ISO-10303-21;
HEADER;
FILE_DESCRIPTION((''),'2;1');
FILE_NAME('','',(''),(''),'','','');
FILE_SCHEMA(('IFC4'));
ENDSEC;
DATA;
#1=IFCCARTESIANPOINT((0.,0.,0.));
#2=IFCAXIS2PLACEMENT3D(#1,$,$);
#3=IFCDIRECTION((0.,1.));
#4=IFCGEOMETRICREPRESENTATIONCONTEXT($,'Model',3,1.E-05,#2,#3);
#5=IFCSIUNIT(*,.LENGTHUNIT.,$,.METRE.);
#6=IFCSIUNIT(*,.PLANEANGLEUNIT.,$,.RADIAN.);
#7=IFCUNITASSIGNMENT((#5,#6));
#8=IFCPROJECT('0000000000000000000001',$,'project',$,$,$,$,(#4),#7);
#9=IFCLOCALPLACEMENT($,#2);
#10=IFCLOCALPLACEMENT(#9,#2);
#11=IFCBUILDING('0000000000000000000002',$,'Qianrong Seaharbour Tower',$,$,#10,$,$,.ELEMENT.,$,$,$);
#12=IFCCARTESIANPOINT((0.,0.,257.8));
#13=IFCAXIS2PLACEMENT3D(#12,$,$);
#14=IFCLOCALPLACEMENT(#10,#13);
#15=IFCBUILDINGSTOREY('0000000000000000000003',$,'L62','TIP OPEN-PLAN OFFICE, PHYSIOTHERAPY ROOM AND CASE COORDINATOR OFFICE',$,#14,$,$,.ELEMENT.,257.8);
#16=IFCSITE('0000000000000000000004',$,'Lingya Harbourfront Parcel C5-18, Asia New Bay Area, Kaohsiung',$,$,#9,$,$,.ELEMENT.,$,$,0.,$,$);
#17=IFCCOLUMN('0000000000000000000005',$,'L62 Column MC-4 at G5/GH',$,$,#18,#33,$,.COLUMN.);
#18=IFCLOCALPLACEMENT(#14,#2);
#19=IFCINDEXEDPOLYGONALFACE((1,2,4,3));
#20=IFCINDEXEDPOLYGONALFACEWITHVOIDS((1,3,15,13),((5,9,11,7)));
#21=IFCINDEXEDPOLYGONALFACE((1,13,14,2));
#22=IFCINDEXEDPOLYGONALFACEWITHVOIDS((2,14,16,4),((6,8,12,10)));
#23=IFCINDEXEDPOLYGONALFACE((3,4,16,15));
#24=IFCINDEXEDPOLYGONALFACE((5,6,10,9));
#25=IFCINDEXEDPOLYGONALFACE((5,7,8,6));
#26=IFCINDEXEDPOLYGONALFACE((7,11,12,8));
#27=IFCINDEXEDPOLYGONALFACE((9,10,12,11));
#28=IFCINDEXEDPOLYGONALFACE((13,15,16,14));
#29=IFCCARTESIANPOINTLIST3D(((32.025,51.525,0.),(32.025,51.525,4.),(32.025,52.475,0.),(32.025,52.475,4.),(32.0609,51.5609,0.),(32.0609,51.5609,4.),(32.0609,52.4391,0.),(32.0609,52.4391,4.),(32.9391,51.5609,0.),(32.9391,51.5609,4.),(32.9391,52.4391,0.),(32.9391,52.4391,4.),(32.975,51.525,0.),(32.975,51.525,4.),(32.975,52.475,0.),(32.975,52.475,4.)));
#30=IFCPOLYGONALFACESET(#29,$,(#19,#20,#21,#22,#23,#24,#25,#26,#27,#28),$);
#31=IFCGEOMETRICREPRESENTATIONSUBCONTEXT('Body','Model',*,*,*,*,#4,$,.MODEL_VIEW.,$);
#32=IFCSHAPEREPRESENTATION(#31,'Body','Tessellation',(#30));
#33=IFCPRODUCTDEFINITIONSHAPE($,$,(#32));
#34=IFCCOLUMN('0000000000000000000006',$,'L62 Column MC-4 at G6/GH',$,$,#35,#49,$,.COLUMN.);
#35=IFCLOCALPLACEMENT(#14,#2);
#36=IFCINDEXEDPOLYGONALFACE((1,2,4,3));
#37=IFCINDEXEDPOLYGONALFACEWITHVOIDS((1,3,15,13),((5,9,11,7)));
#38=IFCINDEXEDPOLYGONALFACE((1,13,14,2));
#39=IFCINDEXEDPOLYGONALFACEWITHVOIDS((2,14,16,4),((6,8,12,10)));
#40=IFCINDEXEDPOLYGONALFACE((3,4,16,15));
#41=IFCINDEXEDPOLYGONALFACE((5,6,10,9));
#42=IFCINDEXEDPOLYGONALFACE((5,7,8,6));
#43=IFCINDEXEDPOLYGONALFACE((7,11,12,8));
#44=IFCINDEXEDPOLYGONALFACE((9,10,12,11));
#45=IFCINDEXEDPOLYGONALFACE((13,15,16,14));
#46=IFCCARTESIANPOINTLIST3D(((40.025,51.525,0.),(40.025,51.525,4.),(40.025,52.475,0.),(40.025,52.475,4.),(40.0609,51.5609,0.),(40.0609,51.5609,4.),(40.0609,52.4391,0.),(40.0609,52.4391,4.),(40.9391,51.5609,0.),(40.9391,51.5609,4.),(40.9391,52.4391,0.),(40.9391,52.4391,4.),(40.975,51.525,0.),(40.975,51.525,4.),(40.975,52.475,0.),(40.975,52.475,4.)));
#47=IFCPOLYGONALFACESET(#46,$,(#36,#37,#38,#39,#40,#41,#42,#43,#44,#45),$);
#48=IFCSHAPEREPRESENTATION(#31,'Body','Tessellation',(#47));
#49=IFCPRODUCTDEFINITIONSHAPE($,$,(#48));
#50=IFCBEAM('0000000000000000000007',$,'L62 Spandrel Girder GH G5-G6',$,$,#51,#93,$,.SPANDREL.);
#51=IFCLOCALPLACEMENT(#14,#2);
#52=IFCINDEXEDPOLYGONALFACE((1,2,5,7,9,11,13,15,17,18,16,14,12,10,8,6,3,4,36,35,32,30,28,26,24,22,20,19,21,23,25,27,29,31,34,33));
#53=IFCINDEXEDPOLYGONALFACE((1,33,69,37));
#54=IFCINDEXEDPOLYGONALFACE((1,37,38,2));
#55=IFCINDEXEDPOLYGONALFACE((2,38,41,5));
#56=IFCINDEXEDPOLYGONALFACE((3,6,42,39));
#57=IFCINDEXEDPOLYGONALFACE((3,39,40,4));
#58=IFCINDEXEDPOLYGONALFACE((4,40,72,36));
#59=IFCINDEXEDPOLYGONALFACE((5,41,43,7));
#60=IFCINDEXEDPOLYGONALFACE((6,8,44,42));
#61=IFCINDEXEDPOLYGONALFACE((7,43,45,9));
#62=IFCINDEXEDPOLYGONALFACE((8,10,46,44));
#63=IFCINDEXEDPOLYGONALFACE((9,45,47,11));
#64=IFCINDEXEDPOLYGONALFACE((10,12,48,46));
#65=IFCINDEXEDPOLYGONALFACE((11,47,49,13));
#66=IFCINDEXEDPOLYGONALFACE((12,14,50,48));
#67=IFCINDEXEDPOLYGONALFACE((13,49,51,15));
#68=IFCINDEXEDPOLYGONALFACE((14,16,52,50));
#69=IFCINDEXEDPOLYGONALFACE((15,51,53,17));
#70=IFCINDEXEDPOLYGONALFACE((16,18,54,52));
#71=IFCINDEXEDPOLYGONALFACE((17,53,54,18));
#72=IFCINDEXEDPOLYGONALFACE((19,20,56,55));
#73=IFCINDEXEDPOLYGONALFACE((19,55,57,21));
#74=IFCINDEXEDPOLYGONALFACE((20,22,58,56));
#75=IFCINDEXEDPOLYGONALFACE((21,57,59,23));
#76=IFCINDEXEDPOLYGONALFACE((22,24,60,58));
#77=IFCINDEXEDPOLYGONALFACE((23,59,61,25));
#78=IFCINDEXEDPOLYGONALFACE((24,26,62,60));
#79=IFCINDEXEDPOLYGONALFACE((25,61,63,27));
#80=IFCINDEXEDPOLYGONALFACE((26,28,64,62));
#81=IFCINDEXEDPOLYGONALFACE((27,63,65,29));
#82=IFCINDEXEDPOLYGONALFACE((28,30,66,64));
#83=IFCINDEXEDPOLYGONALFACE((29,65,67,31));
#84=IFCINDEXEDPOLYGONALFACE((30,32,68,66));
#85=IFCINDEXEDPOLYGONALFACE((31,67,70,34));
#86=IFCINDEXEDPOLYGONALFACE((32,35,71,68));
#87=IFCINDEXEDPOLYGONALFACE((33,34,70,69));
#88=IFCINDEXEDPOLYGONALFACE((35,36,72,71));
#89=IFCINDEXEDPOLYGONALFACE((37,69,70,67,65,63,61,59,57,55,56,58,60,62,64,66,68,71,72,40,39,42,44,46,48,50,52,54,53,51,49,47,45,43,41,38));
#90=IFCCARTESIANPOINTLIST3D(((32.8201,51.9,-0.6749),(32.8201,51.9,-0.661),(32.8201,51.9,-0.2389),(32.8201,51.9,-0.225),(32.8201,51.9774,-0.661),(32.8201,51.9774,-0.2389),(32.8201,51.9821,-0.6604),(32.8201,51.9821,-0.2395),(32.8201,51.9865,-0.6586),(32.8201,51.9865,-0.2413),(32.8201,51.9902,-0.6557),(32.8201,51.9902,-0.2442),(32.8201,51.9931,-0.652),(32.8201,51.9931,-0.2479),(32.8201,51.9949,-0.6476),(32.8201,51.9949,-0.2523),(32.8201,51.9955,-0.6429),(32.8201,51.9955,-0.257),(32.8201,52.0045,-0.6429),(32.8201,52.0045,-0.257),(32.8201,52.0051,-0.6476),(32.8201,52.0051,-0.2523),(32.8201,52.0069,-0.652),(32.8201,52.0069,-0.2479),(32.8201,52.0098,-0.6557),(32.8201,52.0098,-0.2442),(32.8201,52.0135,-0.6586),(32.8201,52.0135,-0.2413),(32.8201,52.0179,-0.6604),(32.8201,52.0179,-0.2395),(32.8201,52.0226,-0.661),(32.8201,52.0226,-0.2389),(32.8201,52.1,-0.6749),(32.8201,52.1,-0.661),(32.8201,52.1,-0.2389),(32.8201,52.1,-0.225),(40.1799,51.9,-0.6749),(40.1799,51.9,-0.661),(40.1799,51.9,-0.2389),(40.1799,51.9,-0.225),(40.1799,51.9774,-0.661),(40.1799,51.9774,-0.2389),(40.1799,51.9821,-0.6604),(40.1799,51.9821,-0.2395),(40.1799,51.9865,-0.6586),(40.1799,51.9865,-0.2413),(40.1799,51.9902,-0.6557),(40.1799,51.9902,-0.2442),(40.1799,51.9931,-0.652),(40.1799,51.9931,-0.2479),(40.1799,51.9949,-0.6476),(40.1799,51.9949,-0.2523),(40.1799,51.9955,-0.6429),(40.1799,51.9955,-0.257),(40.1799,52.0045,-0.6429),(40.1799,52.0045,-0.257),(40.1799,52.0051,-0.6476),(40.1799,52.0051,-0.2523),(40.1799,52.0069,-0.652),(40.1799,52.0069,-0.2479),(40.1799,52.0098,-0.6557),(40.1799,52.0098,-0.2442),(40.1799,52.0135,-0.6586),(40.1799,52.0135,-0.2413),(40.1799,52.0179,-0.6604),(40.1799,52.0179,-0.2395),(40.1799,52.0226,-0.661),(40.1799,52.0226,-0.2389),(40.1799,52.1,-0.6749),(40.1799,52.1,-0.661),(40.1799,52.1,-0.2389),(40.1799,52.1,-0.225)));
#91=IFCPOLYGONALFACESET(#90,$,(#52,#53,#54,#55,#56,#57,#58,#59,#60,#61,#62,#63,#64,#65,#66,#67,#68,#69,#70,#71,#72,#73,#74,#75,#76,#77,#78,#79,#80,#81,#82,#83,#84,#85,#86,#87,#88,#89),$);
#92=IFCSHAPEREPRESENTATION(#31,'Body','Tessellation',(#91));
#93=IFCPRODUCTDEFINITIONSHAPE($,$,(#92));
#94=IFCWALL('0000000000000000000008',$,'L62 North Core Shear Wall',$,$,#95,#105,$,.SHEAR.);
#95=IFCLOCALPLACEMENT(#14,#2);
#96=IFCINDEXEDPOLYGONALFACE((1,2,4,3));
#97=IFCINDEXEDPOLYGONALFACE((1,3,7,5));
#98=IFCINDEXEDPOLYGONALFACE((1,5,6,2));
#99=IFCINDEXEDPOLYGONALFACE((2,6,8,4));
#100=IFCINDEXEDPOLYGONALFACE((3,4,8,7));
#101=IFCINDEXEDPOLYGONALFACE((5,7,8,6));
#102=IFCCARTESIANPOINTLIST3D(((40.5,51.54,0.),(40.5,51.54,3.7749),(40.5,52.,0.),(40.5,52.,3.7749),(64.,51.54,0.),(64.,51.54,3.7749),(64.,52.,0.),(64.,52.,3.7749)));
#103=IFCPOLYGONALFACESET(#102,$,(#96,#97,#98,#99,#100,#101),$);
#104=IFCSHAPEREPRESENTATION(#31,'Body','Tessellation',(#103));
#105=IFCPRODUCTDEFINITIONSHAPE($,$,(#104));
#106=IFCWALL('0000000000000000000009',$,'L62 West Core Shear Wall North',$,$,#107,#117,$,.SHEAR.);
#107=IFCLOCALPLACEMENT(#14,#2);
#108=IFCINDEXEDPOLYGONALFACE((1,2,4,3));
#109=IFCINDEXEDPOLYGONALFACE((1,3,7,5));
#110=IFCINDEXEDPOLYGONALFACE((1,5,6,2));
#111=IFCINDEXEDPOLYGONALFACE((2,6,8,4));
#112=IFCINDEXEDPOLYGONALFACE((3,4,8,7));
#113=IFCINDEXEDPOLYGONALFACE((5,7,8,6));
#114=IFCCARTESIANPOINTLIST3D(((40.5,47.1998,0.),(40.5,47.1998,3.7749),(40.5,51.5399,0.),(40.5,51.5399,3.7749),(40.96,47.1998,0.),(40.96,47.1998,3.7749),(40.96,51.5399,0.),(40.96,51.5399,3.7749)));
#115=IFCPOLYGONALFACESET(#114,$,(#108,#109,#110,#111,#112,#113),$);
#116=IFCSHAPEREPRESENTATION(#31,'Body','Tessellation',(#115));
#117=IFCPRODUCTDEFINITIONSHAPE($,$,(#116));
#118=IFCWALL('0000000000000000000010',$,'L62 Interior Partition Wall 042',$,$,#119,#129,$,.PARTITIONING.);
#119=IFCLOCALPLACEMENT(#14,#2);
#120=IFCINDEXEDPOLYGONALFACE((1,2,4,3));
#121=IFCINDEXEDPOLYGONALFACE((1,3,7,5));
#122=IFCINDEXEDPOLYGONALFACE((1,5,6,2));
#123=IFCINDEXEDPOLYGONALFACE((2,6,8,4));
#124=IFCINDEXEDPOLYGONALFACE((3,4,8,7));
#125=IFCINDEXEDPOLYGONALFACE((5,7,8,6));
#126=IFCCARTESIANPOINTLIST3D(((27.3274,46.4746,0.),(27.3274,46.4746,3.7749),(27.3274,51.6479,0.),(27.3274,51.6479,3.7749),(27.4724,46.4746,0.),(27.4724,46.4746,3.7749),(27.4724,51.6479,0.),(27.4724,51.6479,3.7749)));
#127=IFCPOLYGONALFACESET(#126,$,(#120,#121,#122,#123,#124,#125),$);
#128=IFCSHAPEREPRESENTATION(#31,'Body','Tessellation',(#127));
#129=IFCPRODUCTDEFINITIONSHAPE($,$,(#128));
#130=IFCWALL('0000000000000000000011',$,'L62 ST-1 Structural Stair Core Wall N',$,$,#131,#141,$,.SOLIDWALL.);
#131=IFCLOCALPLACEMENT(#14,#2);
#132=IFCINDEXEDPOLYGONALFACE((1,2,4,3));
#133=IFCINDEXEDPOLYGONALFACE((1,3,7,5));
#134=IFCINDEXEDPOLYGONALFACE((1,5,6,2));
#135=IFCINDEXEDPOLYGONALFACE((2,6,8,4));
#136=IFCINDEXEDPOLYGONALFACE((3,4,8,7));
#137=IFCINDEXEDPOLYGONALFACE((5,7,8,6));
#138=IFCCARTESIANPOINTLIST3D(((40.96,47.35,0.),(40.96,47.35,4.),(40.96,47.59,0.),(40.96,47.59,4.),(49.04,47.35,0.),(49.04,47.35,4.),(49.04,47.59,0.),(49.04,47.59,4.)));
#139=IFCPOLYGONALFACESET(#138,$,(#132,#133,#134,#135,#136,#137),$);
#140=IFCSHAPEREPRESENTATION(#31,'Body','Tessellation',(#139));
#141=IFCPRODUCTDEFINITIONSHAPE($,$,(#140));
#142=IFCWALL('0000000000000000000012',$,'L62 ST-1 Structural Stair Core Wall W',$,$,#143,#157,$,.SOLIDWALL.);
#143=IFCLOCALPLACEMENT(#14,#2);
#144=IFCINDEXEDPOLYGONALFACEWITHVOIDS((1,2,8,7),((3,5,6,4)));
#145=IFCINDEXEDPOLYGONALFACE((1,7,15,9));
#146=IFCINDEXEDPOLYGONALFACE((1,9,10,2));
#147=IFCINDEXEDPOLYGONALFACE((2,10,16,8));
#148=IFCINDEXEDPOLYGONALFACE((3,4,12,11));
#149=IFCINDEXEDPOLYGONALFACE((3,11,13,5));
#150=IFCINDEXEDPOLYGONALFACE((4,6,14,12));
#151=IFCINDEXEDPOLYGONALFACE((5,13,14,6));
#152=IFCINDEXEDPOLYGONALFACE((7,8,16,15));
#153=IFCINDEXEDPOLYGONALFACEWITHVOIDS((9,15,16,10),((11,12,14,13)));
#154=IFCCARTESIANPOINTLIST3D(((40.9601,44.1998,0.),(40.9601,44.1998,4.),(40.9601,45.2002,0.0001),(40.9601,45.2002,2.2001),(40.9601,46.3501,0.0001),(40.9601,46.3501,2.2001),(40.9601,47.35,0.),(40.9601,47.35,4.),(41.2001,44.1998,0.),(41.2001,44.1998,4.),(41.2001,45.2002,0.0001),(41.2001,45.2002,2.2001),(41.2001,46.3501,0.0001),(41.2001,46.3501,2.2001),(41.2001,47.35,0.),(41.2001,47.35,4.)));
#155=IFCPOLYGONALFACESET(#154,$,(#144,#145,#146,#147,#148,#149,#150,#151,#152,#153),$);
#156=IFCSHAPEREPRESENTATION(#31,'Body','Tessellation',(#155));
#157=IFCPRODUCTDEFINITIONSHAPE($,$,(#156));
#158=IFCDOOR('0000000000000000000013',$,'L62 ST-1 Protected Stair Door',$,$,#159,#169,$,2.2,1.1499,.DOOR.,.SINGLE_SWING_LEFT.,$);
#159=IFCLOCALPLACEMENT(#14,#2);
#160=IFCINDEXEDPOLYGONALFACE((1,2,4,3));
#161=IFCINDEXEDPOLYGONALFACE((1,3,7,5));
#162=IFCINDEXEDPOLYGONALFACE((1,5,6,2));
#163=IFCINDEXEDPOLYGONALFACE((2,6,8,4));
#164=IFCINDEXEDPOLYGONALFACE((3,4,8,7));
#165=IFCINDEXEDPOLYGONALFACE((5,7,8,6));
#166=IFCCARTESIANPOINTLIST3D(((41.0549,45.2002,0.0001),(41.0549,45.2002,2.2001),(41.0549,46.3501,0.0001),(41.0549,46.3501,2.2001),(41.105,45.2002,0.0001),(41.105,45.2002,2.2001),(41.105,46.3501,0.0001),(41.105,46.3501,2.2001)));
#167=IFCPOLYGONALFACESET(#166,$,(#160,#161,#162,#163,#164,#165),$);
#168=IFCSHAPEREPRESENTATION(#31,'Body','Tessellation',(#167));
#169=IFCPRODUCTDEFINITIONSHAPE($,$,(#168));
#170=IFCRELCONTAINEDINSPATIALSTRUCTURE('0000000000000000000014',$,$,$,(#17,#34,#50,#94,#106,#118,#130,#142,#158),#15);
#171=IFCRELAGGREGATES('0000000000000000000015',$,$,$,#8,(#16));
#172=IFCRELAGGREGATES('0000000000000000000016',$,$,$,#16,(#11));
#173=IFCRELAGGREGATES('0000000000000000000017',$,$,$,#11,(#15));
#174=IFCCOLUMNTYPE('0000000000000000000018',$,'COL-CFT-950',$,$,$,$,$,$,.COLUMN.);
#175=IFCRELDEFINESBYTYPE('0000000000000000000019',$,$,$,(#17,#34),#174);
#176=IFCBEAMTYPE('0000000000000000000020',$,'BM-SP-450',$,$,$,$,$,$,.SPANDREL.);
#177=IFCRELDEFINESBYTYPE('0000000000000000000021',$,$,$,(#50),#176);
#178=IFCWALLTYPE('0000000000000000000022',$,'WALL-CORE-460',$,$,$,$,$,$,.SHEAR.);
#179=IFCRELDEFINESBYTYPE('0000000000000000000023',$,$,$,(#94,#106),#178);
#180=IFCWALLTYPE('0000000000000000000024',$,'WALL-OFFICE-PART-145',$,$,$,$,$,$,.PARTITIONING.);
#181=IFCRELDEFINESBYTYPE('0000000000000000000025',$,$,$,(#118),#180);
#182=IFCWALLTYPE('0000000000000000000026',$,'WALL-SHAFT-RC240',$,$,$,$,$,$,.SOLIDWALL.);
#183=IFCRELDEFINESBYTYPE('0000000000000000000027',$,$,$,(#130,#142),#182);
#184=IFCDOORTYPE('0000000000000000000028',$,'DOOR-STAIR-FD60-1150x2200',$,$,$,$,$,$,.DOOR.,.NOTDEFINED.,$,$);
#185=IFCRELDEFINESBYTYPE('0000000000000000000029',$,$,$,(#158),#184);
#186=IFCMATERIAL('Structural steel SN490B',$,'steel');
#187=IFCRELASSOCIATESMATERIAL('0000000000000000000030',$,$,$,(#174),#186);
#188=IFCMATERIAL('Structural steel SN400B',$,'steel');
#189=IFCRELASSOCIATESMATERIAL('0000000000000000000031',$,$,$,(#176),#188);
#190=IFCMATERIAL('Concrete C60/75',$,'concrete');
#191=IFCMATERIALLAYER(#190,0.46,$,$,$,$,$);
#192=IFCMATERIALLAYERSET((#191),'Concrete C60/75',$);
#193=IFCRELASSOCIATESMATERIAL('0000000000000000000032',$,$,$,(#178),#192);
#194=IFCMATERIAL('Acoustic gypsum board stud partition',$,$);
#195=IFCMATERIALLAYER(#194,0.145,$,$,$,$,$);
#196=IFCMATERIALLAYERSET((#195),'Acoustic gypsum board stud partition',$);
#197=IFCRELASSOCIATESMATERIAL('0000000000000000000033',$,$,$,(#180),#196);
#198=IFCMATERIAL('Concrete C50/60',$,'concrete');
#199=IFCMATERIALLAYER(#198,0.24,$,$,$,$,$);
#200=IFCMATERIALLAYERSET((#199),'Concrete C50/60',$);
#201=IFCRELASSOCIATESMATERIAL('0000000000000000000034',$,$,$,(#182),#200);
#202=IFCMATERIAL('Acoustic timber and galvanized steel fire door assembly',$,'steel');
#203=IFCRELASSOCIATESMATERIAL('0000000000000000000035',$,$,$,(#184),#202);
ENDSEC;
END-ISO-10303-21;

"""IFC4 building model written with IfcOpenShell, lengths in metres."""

from ifc_helpers import new_model, si_unit, direction, frame, frame_2d, origin, origin_2d, place, context, subcontext, project, spatial, rectangle, hollow_rectangle, i_section, extrude, material, layer, layer_set, material_profile, profile_set, type_object, element, fill, save


model = new_model("IFC4")

# Units and contexts
model_context = context("Model", 3, precision=1e-05, world=origin(), true_north=direction((0.0, 1.0)))
body_context = subcontext(model_context, "Body", "Model", "MODEL_VIEW")
ifc_project = project(units=[si_unit("LENGTHUNIT", "METRE"), si_unit("PLANEANGLEUNIT", "RADIAN")], contexts=[model_context])

# Site, building, storey
site_placement = place(None, origin())
site = spatial("IfcSite", under=ifc_project, at=site_placement, Name="Lingya Harbourfront Parcel C5-18, Asia New Bay Area, Kaohsiung", CompositionType="ELEMENT", RefElevation=0.0)
building_placement = place(site_placement, origin())
building = spatial("IfcBuilding", under=site, at=building_placement, Name="Qianrong Seaharbour Tower", CompositionType="ELEMENT")
storey_placement = place(building_placement, frame((0.0, 0.0, 257.8)))
storey = spatial("IfcBuildingStorey", under=building, at=storey_placement, Name="L62", Description="TIP OPEN-PLAN OFFICE, PHYSIOTHERAPY ROOM AND CASE COORDINATOR OFFICE", CompositionType="ELEMENT", Elevation=257.8)

# Columns
ifc_material_1 = material(Name="Structural steel SN490B", Category="steel")
ifc_material_profile_1 = material_profile(ifc_material_1, hollow_rectangle(XDim=0.95, YDim=0.95, WallThickness=0.0359, at=origin_2d()), Name="BOX950x950x36")
ifc_profile_set_1 = profile_set([ifc_material_profile_1], Name="Structural steel SN490B")
column_type = type_object("IfcColumnType", Name="COL-CFT-950", PredefinedType="COLUMN", material=ifc_profile_set_1)
for number, where, z_axis, x_axis, name in (
    (1, (32.5, 52.0, 0.0), (0.0, 0.0, 1.0), (1.0, 0.0, 0.0), "L62 Column MC-4 at G5/GH"),
    (2, (40.5, 52.0, 0.0), (0.0, 0.0, 1.0), (1.0, 0.0, 0.0), "L62 Column MC-4 at G6/GH"),
):
    element("IfcColumn", number, at=place(storey_placement, frame(where, z_axis=z_axis, x_axis=x_axis)), inside=storey, type_object=column_type, Name=name, PredefinedType="COLUMN", context=body_context, shape_type="SweptSolid", body=[
        extrude(hollow_rectangle(XDim=0.95, YDim=0.95, WallThickness=0.0359, at=origin_2d()), origin(), (0.0, 0.0, 1.0), 4.0),
    ])

# Beam
ifc_material_2 = material(Name="Structural steel SN400B", Category="steel")
ifc_material_profile_2 = material_profile(ifc_material_2, i_section(OverallWidth=0.2, OverallDepth=0.45, WebThickness=0.009, FlangeThickness=0.0139, FilletRadius=0.0181, at=origin_2d()), Name="H450x200x9x14")
ifc_profile_set_2 = profile_set([ifc_material_profile_2], Name="Structural steel SN400B")
beam_type = type_object("IfcBeamType", Name="BM-SP-450", PredefinedType="SPANDREL", material=ifc_profile_set_2)
beam_placement = place(storey_placement, frame((32.8201, 52.0, -0.45), z_axis=(1.0, 0.0, 0.0), x_axis=(0.0, 1.0, 0.0)))
element("IfcBeam", 3, at=beam_placement, inside=storey, type_object=beam_type, Name="L62 Spandrel Girder GH G5-G6", PredefinedType="SPANDREL", context=body_context, shape_type="SweptSolid", body=[
    extrude(i_section(OverallWidth=0.2, OverallDepth=0.45, WebThickness=0.009, FlangeThickness=0.0139, FilletRadius=0.0181, at=origin_2d()), origin(), (0.0, 0.0, 1.0), 7.3599),
])

# Walls
ifc_material_3 = material(Name="Concrete C60/75", Category="concrete")
ifc_layer_1 = layer(ifc_material_3, 0.46)
ifc_layer_set_1 = layer_set([ifc_layer_1], Name="Concrete C60/75")
wall_type_1 = type_object("IfcWallType", Name="WALL-CORE-460", PredefinedType="SHEAR", material=ifc_layer_set_1)
wall_1_placement = place(storey_placement, frame((40.5, 51.77, 0.0), z_axis=(0.0, 0.0, 1.0), x_axis=(1.0, 0.0, 0.0)))
element("IfcWall", 4, at=wall_1_placement, inside=storey, type_object=wall_type_1, Name="L62 North Core Shear Wall", PredefinedType="SHEAR", context=body_context, shape_type="SweptSolid", body=[
    extrude(rectangle(XDim=23.5, YDim=0.46, at=frame_2d((11.75, 0.0))), origin(), (0.0, 0.0, 1.0), 3.7749),
])
wall_2_placement = place(storey_placement, frame((40.73, 47.2, 0.0), z_axis=(0.0, 0.0, 1.0), x_axis=(0.0, 1.0, 0.0)))
element("IfcWall", 5, at=wall_2_placement, inside=storey, type_object=wall_type_1, Name="L62 West Core Shear Wall North", PredefinedType="SHEAR", context=body_context, shape_type="SweptSolid", body=[
    extrude(rectangle(XDim=4.3401, YDim=0.46, at=frame_2d((2.1699, 0.0))), origin(), (0.0, 0.0, 1.0), 3.7749),
])

# Shared definitions
ifc_material_4 = material(Name="Acoustic timber and galvanized steel fire door assembly", Category="steel")

# Walls
ifc_material_5 = material(Name="Acoustic gypsum board stud partition")
ifc_layer_2 = layer(ifc_material_5, 0.145)
ifc_layer_set_2 = layer_set([ifc_layer_2], Name="Acoustic gypsum board stud partition")
wall_type_2 = type_object("IfcWallType", Name="WALL-OFFICE-PART-145", PredefinedType="PARTITIONING", material=ifc_layer_set_2)
wall_3_placement = place(storey_placement, frame((27.3999, 51.6479, 0.0), z_axis=(0.0, 0.0, 1.0), x_axis=(0.0, -1.0, 0.0)))
element("IfcWall", 6, at=wall_3_placement, inside=storey, type_object=wall_type_2, Name="L62 Interior Partition Wall 042", PredefinedType="PARTITIONING", context=body_context, shape_type="SweptSolid", body=[
    extrude(rectangle(XDim=5.1733, YDim=0.145, at=frame_2d((2.5867, 0.0))), origin(), (0.0, 0.0, 1.0), 3.7749),
])
ifc_material_6 = material(Name="Concrete C50/60", Category="concrete")
ifc_layer_3 = layer(ifc_material_6, 0.24)
ifc_layer_set_3 = layer_set([ifc_layer_3], Name="Concrete C50/60")
wall_type_3 = type_object("IfcWallType", Name="WALL-SHAFT-RC240", PredefinedType="SOLIDWALL", material=ifc_layer_set_3)
wall_4_placement = place(storey_placement, frame((40.96, 47.47, 0.0), z_axis=(0.0, 0.0, 1.0), x_axis=(1.0, 0.0, 0.0)))
element("IfcWall", 7, at=wall_4_placement, inside=storey, type_object=wall_type_3, Name="L62 ST-1 Structural Stair Core Wall N", PredefinedType="SOLIDWALL", context=body_context, shape_type="SweptSolid", body=[
    extrude(rectangle(XDim=8.0801, YDim=0.24, at=frame_2d((4.04, 0.0))), origin(), (0.0, 0.0, 1.0), 4.0),
])

# Wall, opening, door
wall_5_placement = place(storey_placement, frame((41.0801, 47.3501, 0.0), z_axis=(0.0, 0.0, 1.0), x_axis=(0.0, -1.0, 0.0)))
wall_5 = element("IfcWall", 8, at=wall_5_placement, inside=storey, type_object=wall_type_3, Name="L62 ST-1 Structural Stair Core Wall W", PredefinedType="SOLIDWALL", context=body_context, shape_type="SweptSolid", body=[
    extrude(rectangle(XDim=3.1501, YDim=0.24, at=frame_2d((1.5752, 0.0))), origin(), (0.0, 0.0, 1.0), 4.0),
])
opening_1_placement = place(wall_5_placement, frame((1.0, 0.0, 0.0)))
opening_1 = element("IfcOpeningElement", 9, at=opening_1_placement, cuts=wall_5, PredefinedType="OPENING", context=body_context, shape_type="SweptSolid", body=[
    extrude(rectangle(XDim=1.1499, YDim=2.2, at=frame_2d((0.575, 1.1001))), frame((0.0, 0.1299, 0.0), z_axis=(0.0, -1.0, 0.0), x_axis=(1.0, 0.0, 0.0)), (0.0, 0.0, 1.0), 0.26),
])
door_type_1 = type_object("IfcDoorType", Name="DOOR-STAIR-FD60-1150x2200", OperationType="NOTDEFINED", PredefinedType="DOOR", material=ifc_material_4)
door_1_placement = place(opening_1_placement, origin())
door_1 = element("IfcDoor", 10, at=door_1_placement, inside=storey, type_object=door_type_1, Name="L62 ST-1 Protected Stair Door", OperationType="SINGLE_SWING_LEFT", OverallHeight=2.2, OverallWidth=1.1499, PredefinedType="DOOR", context=body_context, shape_type="SweptSolid", body=[
    extrude(rectangle(XDim=1.1499, YDim=2.2, at=frame_2d((0.575, 1.1001))), frame((0.0, 0.0249, 0.0), z_axis=(0.0, -1.0, 0.0), x_axis=(1.0, 0.0, 0.0)), (0.0, 0.0, 1.0), 0.05),
])
fill(opening_1, door_1)

save(model, "model.ifc")
